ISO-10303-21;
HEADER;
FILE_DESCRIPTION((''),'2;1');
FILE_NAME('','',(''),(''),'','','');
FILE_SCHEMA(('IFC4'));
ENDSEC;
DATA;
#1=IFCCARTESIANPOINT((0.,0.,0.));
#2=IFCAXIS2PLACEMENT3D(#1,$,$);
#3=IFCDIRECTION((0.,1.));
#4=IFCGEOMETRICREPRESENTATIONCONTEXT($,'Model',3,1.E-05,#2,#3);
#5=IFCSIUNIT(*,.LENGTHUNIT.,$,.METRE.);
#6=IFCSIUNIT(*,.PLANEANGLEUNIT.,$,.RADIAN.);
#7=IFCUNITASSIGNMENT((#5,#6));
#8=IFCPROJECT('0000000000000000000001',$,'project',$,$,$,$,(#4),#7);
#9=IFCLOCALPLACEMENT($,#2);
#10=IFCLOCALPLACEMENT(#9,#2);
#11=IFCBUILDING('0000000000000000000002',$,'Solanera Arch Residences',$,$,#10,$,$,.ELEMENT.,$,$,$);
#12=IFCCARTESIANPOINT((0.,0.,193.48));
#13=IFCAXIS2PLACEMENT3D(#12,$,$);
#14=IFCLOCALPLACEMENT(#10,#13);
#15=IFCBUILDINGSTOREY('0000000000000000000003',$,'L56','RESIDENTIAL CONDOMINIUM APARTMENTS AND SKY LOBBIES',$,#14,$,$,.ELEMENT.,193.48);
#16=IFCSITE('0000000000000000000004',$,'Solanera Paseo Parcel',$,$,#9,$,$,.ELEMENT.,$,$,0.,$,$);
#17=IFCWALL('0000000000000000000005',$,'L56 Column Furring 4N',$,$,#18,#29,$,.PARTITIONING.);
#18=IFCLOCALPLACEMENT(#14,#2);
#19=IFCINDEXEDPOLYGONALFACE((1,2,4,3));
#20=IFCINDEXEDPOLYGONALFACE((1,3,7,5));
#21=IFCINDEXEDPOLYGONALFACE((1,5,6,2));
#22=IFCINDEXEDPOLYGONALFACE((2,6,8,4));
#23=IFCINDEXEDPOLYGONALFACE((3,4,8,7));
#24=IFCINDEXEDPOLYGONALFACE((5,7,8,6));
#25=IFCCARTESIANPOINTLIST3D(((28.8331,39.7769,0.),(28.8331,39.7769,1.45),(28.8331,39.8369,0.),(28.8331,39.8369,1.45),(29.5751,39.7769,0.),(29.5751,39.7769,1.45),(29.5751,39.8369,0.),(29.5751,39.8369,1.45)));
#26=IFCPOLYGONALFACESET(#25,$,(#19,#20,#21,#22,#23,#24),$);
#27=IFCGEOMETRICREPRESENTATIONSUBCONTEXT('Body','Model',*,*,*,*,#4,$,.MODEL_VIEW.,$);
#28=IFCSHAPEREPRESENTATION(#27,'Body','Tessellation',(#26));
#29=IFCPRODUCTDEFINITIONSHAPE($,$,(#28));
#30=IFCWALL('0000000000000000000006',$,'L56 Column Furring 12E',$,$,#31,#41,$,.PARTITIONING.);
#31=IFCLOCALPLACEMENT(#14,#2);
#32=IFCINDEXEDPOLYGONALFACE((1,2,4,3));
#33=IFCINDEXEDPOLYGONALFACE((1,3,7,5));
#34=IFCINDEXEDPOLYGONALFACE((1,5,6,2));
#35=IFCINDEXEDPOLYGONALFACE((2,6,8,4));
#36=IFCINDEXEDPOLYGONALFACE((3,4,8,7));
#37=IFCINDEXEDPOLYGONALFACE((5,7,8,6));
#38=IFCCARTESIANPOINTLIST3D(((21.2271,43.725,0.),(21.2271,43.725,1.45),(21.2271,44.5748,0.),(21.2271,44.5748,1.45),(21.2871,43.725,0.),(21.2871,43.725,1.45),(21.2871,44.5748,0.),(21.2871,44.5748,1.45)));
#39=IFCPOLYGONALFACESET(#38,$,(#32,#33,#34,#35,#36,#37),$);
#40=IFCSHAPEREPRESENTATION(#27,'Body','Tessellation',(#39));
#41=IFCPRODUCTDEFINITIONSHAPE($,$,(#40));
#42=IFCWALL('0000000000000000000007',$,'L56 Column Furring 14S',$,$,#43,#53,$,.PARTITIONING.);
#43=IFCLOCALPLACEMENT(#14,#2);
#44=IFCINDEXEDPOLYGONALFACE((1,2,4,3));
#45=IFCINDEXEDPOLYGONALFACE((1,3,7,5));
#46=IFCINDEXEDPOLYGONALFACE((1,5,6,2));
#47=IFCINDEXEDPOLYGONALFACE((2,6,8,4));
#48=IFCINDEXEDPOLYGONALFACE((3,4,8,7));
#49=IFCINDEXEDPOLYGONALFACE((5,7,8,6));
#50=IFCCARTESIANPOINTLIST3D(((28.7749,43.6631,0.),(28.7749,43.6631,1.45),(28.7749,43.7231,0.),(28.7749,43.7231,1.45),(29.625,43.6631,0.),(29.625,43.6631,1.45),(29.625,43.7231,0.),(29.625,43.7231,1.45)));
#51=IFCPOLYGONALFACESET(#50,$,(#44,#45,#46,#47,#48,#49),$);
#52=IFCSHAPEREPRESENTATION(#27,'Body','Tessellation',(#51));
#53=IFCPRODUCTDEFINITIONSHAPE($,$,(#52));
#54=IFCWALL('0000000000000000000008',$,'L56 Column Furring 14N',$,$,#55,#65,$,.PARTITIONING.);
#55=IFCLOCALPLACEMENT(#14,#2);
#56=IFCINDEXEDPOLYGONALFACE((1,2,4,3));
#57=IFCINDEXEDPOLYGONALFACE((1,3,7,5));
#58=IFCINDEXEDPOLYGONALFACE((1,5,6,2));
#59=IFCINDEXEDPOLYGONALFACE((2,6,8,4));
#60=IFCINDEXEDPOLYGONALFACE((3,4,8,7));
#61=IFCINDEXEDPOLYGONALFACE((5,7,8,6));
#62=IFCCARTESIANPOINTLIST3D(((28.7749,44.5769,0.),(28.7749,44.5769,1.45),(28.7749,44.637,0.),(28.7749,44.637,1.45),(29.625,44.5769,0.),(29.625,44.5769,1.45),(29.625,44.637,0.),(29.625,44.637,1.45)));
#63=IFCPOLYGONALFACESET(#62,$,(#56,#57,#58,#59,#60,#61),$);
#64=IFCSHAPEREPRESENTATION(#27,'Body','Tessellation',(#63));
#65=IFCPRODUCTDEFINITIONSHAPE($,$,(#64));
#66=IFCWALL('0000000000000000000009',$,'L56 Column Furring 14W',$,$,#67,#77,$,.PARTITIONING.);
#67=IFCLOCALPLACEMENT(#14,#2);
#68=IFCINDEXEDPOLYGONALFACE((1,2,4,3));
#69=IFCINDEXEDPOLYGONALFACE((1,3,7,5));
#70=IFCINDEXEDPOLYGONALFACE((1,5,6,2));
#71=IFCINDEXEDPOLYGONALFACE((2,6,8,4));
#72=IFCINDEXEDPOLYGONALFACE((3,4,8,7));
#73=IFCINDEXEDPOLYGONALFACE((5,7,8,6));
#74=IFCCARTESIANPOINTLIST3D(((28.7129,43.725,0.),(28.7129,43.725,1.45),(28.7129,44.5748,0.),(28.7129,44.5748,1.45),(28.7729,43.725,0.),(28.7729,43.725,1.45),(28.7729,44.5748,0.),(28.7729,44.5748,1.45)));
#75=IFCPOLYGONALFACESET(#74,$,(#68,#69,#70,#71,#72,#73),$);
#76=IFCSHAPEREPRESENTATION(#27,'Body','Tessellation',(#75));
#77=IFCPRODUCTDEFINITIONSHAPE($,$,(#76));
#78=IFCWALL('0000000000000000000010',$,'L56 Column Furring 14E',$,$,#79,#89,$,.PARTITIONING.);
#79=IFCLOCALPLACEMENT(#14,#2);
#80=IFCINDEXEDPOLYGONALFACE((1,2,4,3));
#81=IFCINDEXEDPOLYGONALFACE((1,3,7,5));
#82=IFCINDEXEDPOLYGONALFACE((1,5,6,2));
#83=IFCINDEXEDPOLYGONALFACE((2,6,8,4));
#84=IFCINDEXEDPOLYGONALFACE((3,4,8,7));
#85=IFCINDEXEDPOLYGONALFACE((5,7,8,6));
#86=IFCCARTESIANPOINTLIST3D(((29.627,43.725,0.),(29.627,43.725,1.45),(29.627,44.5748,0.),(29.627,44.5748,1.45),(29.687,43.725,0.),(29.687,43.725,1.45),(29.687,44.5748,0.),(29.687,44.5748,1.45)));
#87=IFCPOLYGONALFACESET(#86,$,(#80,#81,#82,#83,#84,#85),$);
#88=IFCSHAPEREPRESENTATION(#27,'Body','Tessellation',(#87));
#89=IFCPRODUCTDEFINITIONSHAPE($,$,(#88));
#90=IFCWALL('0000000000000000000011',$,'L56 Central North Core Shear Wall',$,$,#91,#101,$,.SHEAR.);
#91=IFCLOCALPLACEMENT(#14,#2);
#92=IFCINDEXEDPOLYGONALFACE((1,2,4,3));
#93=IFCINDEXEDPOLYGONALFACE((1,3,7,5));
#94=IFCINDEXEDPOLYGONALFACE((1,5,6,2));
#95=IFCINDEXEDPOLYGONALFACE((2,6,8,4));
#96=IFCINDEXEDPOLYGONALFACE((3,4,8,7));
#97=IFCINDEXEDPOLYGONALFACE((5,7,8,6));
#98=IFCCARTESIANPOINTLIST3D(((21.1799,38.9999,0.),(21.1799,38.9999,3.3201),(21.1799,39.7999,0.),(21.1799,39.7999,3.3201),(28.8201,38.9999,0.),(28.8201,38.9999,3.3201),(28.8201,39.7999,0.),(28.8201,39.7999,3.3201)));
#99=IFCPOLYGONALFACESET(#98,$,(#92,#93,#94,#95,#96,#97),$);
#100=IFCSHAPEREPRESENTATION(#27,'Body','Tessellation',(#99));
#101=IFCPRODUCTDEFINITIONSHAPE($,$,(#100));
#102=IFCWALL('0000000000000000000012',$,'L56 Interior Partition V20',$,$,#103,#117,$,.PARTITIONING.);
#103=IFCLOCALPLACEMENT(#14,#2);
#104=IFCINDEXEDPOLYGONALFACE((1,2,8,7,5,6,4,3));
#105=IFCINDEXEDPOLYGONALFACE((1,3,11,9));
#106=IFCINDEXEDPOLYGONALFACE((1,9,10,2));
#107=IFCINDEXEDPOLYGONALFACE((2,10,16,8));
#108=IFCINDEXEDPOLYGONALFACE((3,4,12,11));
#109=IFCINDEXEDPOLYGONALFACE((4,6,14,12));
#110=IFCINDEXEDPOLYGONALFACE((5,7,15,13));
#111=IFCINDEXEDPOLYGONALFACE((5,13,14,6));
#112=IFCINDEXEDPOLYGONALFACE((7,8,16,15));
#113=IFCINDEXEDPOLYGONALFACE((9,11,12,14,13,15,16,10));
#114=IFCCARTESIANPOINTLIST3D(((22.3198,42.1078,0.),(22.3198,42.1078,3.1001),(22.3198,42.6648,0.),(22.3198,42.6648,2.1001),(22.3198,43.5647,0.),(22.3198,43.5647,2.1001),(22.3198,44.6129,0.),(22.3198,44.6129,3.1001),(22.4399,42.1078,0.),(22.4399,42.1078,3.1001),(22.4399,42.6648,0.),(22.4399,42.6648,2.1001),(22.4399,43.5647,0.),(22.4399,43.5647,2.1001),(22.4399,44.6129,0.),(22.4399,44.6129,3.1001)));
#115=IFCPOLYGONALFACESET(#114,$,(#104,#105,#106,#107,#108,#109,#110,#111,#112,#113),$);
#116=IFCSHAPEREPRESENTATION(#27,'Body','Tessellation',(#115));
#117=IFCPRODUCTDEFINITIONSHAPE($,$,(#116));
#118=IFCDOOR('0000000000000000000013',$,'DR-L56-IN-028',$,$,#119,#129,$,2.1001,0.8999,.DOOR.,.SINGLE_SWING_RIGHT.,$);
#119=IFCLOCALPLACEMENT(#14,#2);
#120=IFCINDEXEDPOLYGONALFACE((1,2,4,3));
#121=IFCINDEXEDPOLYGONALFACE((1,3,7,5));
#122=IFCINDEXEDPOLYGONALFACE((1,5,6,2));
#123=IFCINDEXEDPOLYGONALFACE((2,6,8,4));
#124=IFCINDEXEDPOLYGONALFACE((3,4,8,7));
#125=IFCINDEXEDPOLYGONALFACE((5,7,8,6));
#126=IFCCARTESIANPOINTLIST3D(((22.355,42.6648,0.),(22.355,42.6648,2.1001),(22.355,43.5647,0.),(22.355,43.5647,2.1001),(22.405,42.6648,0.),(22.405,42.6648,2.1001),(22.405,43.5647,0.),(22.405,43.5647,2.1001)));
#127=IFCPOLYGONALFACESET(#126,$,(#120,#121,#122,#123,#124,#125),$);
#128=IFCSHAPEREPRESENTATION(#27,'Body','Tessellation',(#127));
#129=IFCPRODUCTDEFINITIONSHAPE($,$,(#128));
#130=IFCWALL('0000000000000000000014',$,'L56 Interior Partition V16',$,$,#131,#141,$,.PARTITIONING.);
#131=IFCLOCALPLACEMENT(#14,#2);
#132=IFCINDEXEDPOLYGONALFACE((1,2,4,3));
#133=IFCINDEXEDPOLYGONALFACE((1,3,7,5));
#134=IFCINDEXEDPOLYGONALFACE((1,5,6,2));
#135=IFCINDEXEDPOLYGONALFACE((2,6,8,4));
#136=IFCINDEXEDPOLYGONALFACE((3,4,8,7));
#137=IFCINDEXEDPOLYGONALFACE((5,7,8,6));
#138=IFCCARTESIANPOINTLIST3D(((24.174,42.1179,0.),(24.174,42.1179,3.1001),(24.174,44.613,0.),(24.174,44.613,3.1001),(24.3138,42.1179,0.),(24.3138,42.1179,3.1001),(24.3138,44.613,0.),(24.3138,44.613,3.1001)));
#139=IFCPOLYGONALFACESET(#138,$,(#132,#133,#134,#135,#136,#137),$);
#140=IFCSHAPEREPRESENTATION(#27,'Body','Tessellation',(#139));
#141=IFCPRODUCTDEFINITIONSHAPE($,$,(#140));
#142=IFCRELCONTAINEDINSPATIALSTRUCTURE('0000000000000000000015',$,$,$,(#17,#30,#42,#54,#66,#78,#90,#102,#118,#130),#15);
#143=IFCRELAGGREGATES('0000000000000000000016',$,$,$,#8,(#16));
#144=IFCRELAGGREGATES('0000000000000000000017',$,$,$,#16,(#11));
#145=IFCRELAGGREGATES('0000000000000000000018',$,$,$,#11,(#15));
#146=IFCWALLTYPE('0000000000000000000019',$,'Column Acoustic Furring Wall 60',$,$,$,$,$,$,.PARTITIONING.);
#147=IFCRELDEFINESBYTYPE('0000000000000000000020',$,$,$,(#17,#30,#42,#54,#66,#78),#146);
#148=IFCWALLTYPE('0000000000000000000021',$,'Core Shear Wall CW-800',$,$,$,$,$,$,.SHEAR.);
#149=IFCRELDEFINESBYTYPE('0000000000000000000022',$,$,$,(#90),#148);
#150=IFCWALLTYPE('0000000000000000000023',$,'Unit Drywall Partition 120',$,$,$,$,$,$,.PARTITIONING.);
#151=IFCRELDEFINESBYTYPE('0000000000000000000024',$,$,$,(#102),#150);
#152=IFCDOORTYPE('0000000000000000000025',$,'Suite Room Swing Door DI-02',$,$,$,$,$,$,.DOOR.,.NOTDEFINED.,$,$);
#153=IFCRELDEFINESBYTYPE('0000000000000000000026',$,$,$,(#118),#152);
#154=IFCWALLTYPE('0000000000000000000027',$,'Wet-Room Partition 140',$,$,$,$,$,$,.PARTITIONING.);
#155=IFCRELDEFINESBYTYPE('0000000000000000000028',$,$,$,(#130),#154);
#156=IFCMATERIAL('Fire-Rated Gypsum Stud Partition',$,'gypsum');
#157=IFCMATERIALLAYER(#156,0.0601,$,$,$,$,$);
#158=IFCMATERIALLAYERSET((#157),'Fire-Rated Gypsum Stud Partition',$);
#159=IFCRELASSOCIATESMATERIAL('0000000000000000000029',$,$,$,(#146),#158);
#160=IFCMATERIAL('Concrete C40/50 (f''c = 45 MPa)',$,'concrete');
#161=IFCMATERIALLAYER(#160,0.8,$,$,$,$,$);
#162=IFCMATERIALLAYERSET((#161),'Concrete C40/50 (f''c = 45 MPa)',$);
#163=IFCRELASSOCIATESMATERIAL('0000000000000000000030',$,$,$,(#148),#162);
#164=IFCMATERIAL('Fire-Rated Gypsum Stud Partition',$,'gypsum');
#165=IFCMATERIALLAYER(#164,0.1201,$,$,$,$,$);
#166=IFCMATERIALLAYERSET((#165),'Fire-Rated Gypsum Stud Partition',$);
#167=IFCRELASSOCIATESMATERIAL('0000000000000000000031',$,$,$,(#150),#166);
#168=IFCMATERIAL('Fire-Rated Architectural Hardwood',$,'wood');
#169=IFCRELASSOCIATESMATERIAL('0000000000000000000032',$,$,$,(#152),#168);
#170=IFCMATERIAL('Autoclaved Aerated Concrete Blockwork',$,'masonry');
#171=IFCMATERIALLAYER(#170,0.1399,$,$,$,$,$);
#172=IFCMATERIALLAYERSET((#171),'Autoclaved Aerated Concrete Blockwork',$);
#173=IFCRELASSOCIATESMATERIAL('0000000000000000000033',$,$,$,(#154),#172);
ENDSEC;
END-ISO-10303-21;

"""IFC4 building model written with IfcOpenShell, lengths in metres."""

from ifc_helpers import new_model, si_unit, direction, frame, frame_2d, origin, place, context, subcontext, project, spatial, rectangle, extrude, material, layer, layer_set, type_object, element, fill, save


model = new_model("IFC4")

# Units and contexts
model_context = context("Model", 3, precision=1e-05, world=origin(), true_north=direction((0.0, 1.0)))
body_context = subcontext(model_context, "Body", "Model", "MODEL_VIEW")
ifc_project = project(units=[si_unit("LENGTHUNIT", "METRE"), si_unit("PLANEANGLEUNIT", "RADIAN")], contexts=[model_context])

# Site, building, storey
site_placement = place(None, origin())
site = spatial("IfcSite", under=ifc_project, at=site_placement, Name="Solanera Paseo Parcel", CompositionType="ELEMENT", RefElevation=0.0)
building_placement = place(site_placement, origin())
building = spatial("IfcBuilding", under=site, at=building_placement, Name="Solanera Arch Residences", CompositionType="ELEMENT")
storey_placement = place(building_placement, frame((0.0, 0.0, 193.48)))
storey = spatial("IfcBuildingStorey", under=building, at=storey_placement, Name="L56", Description="RESIDENTIAL CONDOMINIUM APARTMENTS AND SKY LOBBIES", CompositionType="ELEMENT", Elevation=193.48)

# Walls
ifc_material_1 = material(Name="Fire-Rated Gypsum Stud Partition", Category="gypsum")
ifc_layer_1 = layer(ifc_material_1, 0.0601)
ifc_layer_set_1 = layer_set([ifc_layer_1], Name="Fire-Rated Gypsum Stud Partition")
wall_type_1 = type_object("IfcWallType", Name="Column Acoustic Furring Wall 60", PredefinedType="PARTITIONING", material=ifc_layer_set_1)
wall_1_placement = place(storey_placement, frame((28.833, 39.8069, 0.0), z_axis=(0.0, 0.0, 1.0), x_axis=(1.0, 0.0, 0.0)))
element("IfcWall", 1, at=wall_1_placement, inside=storey, type_object=wall_type_1, Name="L56 Column Furring 4N", PredefinedType="PARTITIONING", context=body_context, shape_type="SweptSolid", body=[
    extrude(rectangle(XDim=0.7419, YDim=0.0601, at=frame_2d((0.3711, 0.0))), origin(), (0.0, 0.0, 1.0), 1.45),
])
wall_2_placement = place(storey_placement, frame((21.2571, 43.7251, 0.0), z_axis=(0.0, 0.0, 1.0), x_axis=(0.0, 1.0, 0.0)))
element("IfcWall", 2, at=wall_2_placement, inside=storey, type_object=wall_type_1, Name="L56 Column Furring 12E", PredefinedType="PARTITIONING", context=body_context, shape_type="SweptSolid", body=[
    extrude(rectangle(XDim=0.8499, YDim=0.0601, at=frame_2d((0.4248, 0.0))), origin(), (0.0, 0.0, 1.0), 1.45),
])
for number, where, z_axis, x_axis, name in (
    (3, (28.7749, 43.6931, 0.0), (0.0, 0.0, 1.0), (1.0, 0.0, 0.0), "L56 Column Furring 14S"),
    (4, (28.7749, 44.6069, 0.0), (0.0, 0.0, 1.0), (1.0, 0.0, 0.0), "L56 Column Furring 14N"),
):
    element("IfcWall", number, at=place(storey_placement, frame(where, z_axis=z_axis, x_axis=x_axis)), inside=storey, type_object=wall_type_1, Name=name, PredefinedType="PARTITIONING", context=body_context, shape_type="SweptSolid", body=[
        extrude(rectangle(XDim=0.8501, YDim=0.0601, at=frame_2d((0.425, 0.0))), origin(), (0.0, 0.0, 1.0), 1.45),
    ])
for number, where, z_axis, x_axis, name in (
    (5, (28.7429, 43.7251, 0.0), (0.0, 0.0, 1.0), (0.0, 1.0, 0.0), "L56 Column Furring 14W"),
    (6, (29.657, 43.7251, 0.0), (0.0, 0.0, 1.0), (0.0, 1.0, 0.0), "L56 Column Furring 14E"),
):
    element("IfcWall", number, at=place(storey_placement, frame(where, z_axis=z_axis, x_axis=x_axis)), inside=storey, type_object=wall_type_1, Name=name, PredefinedType="PARTITIONING", context=body_context, shape_type="SweptSolid", body=[
        extrude(rectangle(XDim=0.8499, YDim=0.0601, at=frame_2d((0.4248, 0.0))), origin(), (0.0, 0.0, 1.0), 1.45),
    ])
ifc_material_2 = material(Name="Concrete C40/50 (f'c = 45 MPa)", Category="concrete")
ifc_layer_2 = layer(ifc_material_2, 0.8)
ifc_layer_set_2 = layer_set([ifc_layer_2], Name="Concrete C40/50 (f'c = 45 MPa)")
wall_type_2 = type_object("IfcWallType", Name="Core Shear Wall CW-800", PredefinedType="SHEAR", material=ifc_layer_set_2)
wall_3_placement = place(storey_placement, frame((21.1799, 39.3999, 0.0), z_axis=(0.0, 0.0, 1.0), x_axis=(1.0, 0.0, 0.0)))
element("IfcWall", 7, at=wall_3_placement, inside=storey, type_object=wall_type_2, Name="L56 Central North Core Shear Wall", PredefinedType="SHEAR", context=body_context, shape_type="SweptSolid", body=[
    extrude(rectangle(XDim=7.6401, YDim=0.8, at=frame_2d((3.8201, 0.0))), origin(), (0.0, 0.0, 1.0), 3.3201),
])

# Wall, opening, door
ifc_material_3 = material(Name="Fire-Rated Gypsum Stud Partition", Category="gypsum")
ifc_layer_3 = layer(ifc_material_3, 0.1201)
ifc_layer_set_3 = layer_set([ifc_layer_3], Name="Fire-Rated Gypsum Stud Partition")
wall_type_3 = type_object("IfcWallType", Name="Unit Drywall Partition 120", PredefinedType="PARTITIONING", material=ifc_layer_set_3)
wall_4_placement = place(storey_placement, frame((22.3799, 42.1079, 0.0), z_axis=(0.0, 0.0, 1.0), x_axis=(0.0, 1.0, 0.0)))
wall_4 = element("IfcWall", 8, at=wall_4_placement, inside=storey, type_object=wall_type_3, Name="L56 Interior Partition V20", PredefinedType="PARTITIONING", context=body_context, shape_type="SweptSolid", body=[
    extrude(rectangle(XDim=2.5051, YDim=0.1201, at=frame_2d((1.2524, 0.0))), origin(), (0.0, 0.0, 1.0), 3.1001),
])
opening_placement = place(wall_4_placement, frame((0.5569, 0.0, 0.0)))
opening = element("IfcOpeningElement", 9, at=opening_placement, cuts=wall_4, PredefinedType="OPENING", context=body_context, shape_type="SweptSolid", body=[
    extrude(rectangle(XDim=0.8999, YDim=2.1001, at=frame_2d((0.45, 1.05))), frame((0.0, 0.0701, 0.0), z_axis=(0.0, -1.0, 0.0), x_axis=(1.0, 0.0, 0.0)), (0.0, 0.0, 1.0), 0.1401),
])
ifc_material_4 = material(Name="Fire-Rated Architectural Hardwood", Category="wood")
door_type = type_object("IfcDoorType", Name="Suite Room Swing Door DI-02", OperationType="NOTDEFINED", PredefinedType="DOOR", material=ifc_material_4)
door_placement = place(opening_placement, origin())
door = element("IfcDoor", 10, at=door_placement, inside=storey, type_object=door_type, Name="DR-L56-IN-028", OperationType="SINGLE_SWING_RIGHT", OverallHeight=2.1001, OverallWidth=0.8999, PredefinedType="DOOR", context=body_context, shape_type="SweptSolid", body=[
    extrude(rectangle(XDim=0.8999, YDim=2.1001, at=frame_2d((0.45, 1.05))), frame((0.0, 0.0249, 0.0), z_axis=(0.0, -1.0, 0.0), x_axis=(1.0, 0.0, 0.0)), (0.0, 0.0, 1.0), 0.05),
])
fill(opening, door)

# Wall
ifc_material_5 = material(Name="Autoclaved Aerated Concrete Blockwork", Category="masonry")
ifc_layer_4 = layer(ifc_material_5, 0.1399)
ifc_layer_set_4 = layer_set([ifc_layer_4], Name="Autoclaved Aerated Concrete Blockwork")
wall_type_4 = type_object("IfcWallType", Name="Wet-Room Partition 140", PredefinedType="PARTITIONING", material=ifc_layer_set_4)
wall_5_placement = place(storey_placement, frame((24.2439, 42.1179, 0.0), z_axis=(0.0, 0.0, 1.0), x_axis=(0.0, 1.0, 0.0)))
element("IfcWall", 11, at=wall_5_placement, inside=storey, type_object=wall_type_4, Name="L56 Interior Partition V16", PredefinedType="PARTITIONING", context=body_context, shape_type="SweptSolid", body=[
    extrude(rectangle(XDim=2.4951, YDim=0.1399, at=frame_2d((1.2476, 0.0))), origin(), (0.0, 0.0, 1.0), 3.1001),
])

save(model, "model.ifc")
